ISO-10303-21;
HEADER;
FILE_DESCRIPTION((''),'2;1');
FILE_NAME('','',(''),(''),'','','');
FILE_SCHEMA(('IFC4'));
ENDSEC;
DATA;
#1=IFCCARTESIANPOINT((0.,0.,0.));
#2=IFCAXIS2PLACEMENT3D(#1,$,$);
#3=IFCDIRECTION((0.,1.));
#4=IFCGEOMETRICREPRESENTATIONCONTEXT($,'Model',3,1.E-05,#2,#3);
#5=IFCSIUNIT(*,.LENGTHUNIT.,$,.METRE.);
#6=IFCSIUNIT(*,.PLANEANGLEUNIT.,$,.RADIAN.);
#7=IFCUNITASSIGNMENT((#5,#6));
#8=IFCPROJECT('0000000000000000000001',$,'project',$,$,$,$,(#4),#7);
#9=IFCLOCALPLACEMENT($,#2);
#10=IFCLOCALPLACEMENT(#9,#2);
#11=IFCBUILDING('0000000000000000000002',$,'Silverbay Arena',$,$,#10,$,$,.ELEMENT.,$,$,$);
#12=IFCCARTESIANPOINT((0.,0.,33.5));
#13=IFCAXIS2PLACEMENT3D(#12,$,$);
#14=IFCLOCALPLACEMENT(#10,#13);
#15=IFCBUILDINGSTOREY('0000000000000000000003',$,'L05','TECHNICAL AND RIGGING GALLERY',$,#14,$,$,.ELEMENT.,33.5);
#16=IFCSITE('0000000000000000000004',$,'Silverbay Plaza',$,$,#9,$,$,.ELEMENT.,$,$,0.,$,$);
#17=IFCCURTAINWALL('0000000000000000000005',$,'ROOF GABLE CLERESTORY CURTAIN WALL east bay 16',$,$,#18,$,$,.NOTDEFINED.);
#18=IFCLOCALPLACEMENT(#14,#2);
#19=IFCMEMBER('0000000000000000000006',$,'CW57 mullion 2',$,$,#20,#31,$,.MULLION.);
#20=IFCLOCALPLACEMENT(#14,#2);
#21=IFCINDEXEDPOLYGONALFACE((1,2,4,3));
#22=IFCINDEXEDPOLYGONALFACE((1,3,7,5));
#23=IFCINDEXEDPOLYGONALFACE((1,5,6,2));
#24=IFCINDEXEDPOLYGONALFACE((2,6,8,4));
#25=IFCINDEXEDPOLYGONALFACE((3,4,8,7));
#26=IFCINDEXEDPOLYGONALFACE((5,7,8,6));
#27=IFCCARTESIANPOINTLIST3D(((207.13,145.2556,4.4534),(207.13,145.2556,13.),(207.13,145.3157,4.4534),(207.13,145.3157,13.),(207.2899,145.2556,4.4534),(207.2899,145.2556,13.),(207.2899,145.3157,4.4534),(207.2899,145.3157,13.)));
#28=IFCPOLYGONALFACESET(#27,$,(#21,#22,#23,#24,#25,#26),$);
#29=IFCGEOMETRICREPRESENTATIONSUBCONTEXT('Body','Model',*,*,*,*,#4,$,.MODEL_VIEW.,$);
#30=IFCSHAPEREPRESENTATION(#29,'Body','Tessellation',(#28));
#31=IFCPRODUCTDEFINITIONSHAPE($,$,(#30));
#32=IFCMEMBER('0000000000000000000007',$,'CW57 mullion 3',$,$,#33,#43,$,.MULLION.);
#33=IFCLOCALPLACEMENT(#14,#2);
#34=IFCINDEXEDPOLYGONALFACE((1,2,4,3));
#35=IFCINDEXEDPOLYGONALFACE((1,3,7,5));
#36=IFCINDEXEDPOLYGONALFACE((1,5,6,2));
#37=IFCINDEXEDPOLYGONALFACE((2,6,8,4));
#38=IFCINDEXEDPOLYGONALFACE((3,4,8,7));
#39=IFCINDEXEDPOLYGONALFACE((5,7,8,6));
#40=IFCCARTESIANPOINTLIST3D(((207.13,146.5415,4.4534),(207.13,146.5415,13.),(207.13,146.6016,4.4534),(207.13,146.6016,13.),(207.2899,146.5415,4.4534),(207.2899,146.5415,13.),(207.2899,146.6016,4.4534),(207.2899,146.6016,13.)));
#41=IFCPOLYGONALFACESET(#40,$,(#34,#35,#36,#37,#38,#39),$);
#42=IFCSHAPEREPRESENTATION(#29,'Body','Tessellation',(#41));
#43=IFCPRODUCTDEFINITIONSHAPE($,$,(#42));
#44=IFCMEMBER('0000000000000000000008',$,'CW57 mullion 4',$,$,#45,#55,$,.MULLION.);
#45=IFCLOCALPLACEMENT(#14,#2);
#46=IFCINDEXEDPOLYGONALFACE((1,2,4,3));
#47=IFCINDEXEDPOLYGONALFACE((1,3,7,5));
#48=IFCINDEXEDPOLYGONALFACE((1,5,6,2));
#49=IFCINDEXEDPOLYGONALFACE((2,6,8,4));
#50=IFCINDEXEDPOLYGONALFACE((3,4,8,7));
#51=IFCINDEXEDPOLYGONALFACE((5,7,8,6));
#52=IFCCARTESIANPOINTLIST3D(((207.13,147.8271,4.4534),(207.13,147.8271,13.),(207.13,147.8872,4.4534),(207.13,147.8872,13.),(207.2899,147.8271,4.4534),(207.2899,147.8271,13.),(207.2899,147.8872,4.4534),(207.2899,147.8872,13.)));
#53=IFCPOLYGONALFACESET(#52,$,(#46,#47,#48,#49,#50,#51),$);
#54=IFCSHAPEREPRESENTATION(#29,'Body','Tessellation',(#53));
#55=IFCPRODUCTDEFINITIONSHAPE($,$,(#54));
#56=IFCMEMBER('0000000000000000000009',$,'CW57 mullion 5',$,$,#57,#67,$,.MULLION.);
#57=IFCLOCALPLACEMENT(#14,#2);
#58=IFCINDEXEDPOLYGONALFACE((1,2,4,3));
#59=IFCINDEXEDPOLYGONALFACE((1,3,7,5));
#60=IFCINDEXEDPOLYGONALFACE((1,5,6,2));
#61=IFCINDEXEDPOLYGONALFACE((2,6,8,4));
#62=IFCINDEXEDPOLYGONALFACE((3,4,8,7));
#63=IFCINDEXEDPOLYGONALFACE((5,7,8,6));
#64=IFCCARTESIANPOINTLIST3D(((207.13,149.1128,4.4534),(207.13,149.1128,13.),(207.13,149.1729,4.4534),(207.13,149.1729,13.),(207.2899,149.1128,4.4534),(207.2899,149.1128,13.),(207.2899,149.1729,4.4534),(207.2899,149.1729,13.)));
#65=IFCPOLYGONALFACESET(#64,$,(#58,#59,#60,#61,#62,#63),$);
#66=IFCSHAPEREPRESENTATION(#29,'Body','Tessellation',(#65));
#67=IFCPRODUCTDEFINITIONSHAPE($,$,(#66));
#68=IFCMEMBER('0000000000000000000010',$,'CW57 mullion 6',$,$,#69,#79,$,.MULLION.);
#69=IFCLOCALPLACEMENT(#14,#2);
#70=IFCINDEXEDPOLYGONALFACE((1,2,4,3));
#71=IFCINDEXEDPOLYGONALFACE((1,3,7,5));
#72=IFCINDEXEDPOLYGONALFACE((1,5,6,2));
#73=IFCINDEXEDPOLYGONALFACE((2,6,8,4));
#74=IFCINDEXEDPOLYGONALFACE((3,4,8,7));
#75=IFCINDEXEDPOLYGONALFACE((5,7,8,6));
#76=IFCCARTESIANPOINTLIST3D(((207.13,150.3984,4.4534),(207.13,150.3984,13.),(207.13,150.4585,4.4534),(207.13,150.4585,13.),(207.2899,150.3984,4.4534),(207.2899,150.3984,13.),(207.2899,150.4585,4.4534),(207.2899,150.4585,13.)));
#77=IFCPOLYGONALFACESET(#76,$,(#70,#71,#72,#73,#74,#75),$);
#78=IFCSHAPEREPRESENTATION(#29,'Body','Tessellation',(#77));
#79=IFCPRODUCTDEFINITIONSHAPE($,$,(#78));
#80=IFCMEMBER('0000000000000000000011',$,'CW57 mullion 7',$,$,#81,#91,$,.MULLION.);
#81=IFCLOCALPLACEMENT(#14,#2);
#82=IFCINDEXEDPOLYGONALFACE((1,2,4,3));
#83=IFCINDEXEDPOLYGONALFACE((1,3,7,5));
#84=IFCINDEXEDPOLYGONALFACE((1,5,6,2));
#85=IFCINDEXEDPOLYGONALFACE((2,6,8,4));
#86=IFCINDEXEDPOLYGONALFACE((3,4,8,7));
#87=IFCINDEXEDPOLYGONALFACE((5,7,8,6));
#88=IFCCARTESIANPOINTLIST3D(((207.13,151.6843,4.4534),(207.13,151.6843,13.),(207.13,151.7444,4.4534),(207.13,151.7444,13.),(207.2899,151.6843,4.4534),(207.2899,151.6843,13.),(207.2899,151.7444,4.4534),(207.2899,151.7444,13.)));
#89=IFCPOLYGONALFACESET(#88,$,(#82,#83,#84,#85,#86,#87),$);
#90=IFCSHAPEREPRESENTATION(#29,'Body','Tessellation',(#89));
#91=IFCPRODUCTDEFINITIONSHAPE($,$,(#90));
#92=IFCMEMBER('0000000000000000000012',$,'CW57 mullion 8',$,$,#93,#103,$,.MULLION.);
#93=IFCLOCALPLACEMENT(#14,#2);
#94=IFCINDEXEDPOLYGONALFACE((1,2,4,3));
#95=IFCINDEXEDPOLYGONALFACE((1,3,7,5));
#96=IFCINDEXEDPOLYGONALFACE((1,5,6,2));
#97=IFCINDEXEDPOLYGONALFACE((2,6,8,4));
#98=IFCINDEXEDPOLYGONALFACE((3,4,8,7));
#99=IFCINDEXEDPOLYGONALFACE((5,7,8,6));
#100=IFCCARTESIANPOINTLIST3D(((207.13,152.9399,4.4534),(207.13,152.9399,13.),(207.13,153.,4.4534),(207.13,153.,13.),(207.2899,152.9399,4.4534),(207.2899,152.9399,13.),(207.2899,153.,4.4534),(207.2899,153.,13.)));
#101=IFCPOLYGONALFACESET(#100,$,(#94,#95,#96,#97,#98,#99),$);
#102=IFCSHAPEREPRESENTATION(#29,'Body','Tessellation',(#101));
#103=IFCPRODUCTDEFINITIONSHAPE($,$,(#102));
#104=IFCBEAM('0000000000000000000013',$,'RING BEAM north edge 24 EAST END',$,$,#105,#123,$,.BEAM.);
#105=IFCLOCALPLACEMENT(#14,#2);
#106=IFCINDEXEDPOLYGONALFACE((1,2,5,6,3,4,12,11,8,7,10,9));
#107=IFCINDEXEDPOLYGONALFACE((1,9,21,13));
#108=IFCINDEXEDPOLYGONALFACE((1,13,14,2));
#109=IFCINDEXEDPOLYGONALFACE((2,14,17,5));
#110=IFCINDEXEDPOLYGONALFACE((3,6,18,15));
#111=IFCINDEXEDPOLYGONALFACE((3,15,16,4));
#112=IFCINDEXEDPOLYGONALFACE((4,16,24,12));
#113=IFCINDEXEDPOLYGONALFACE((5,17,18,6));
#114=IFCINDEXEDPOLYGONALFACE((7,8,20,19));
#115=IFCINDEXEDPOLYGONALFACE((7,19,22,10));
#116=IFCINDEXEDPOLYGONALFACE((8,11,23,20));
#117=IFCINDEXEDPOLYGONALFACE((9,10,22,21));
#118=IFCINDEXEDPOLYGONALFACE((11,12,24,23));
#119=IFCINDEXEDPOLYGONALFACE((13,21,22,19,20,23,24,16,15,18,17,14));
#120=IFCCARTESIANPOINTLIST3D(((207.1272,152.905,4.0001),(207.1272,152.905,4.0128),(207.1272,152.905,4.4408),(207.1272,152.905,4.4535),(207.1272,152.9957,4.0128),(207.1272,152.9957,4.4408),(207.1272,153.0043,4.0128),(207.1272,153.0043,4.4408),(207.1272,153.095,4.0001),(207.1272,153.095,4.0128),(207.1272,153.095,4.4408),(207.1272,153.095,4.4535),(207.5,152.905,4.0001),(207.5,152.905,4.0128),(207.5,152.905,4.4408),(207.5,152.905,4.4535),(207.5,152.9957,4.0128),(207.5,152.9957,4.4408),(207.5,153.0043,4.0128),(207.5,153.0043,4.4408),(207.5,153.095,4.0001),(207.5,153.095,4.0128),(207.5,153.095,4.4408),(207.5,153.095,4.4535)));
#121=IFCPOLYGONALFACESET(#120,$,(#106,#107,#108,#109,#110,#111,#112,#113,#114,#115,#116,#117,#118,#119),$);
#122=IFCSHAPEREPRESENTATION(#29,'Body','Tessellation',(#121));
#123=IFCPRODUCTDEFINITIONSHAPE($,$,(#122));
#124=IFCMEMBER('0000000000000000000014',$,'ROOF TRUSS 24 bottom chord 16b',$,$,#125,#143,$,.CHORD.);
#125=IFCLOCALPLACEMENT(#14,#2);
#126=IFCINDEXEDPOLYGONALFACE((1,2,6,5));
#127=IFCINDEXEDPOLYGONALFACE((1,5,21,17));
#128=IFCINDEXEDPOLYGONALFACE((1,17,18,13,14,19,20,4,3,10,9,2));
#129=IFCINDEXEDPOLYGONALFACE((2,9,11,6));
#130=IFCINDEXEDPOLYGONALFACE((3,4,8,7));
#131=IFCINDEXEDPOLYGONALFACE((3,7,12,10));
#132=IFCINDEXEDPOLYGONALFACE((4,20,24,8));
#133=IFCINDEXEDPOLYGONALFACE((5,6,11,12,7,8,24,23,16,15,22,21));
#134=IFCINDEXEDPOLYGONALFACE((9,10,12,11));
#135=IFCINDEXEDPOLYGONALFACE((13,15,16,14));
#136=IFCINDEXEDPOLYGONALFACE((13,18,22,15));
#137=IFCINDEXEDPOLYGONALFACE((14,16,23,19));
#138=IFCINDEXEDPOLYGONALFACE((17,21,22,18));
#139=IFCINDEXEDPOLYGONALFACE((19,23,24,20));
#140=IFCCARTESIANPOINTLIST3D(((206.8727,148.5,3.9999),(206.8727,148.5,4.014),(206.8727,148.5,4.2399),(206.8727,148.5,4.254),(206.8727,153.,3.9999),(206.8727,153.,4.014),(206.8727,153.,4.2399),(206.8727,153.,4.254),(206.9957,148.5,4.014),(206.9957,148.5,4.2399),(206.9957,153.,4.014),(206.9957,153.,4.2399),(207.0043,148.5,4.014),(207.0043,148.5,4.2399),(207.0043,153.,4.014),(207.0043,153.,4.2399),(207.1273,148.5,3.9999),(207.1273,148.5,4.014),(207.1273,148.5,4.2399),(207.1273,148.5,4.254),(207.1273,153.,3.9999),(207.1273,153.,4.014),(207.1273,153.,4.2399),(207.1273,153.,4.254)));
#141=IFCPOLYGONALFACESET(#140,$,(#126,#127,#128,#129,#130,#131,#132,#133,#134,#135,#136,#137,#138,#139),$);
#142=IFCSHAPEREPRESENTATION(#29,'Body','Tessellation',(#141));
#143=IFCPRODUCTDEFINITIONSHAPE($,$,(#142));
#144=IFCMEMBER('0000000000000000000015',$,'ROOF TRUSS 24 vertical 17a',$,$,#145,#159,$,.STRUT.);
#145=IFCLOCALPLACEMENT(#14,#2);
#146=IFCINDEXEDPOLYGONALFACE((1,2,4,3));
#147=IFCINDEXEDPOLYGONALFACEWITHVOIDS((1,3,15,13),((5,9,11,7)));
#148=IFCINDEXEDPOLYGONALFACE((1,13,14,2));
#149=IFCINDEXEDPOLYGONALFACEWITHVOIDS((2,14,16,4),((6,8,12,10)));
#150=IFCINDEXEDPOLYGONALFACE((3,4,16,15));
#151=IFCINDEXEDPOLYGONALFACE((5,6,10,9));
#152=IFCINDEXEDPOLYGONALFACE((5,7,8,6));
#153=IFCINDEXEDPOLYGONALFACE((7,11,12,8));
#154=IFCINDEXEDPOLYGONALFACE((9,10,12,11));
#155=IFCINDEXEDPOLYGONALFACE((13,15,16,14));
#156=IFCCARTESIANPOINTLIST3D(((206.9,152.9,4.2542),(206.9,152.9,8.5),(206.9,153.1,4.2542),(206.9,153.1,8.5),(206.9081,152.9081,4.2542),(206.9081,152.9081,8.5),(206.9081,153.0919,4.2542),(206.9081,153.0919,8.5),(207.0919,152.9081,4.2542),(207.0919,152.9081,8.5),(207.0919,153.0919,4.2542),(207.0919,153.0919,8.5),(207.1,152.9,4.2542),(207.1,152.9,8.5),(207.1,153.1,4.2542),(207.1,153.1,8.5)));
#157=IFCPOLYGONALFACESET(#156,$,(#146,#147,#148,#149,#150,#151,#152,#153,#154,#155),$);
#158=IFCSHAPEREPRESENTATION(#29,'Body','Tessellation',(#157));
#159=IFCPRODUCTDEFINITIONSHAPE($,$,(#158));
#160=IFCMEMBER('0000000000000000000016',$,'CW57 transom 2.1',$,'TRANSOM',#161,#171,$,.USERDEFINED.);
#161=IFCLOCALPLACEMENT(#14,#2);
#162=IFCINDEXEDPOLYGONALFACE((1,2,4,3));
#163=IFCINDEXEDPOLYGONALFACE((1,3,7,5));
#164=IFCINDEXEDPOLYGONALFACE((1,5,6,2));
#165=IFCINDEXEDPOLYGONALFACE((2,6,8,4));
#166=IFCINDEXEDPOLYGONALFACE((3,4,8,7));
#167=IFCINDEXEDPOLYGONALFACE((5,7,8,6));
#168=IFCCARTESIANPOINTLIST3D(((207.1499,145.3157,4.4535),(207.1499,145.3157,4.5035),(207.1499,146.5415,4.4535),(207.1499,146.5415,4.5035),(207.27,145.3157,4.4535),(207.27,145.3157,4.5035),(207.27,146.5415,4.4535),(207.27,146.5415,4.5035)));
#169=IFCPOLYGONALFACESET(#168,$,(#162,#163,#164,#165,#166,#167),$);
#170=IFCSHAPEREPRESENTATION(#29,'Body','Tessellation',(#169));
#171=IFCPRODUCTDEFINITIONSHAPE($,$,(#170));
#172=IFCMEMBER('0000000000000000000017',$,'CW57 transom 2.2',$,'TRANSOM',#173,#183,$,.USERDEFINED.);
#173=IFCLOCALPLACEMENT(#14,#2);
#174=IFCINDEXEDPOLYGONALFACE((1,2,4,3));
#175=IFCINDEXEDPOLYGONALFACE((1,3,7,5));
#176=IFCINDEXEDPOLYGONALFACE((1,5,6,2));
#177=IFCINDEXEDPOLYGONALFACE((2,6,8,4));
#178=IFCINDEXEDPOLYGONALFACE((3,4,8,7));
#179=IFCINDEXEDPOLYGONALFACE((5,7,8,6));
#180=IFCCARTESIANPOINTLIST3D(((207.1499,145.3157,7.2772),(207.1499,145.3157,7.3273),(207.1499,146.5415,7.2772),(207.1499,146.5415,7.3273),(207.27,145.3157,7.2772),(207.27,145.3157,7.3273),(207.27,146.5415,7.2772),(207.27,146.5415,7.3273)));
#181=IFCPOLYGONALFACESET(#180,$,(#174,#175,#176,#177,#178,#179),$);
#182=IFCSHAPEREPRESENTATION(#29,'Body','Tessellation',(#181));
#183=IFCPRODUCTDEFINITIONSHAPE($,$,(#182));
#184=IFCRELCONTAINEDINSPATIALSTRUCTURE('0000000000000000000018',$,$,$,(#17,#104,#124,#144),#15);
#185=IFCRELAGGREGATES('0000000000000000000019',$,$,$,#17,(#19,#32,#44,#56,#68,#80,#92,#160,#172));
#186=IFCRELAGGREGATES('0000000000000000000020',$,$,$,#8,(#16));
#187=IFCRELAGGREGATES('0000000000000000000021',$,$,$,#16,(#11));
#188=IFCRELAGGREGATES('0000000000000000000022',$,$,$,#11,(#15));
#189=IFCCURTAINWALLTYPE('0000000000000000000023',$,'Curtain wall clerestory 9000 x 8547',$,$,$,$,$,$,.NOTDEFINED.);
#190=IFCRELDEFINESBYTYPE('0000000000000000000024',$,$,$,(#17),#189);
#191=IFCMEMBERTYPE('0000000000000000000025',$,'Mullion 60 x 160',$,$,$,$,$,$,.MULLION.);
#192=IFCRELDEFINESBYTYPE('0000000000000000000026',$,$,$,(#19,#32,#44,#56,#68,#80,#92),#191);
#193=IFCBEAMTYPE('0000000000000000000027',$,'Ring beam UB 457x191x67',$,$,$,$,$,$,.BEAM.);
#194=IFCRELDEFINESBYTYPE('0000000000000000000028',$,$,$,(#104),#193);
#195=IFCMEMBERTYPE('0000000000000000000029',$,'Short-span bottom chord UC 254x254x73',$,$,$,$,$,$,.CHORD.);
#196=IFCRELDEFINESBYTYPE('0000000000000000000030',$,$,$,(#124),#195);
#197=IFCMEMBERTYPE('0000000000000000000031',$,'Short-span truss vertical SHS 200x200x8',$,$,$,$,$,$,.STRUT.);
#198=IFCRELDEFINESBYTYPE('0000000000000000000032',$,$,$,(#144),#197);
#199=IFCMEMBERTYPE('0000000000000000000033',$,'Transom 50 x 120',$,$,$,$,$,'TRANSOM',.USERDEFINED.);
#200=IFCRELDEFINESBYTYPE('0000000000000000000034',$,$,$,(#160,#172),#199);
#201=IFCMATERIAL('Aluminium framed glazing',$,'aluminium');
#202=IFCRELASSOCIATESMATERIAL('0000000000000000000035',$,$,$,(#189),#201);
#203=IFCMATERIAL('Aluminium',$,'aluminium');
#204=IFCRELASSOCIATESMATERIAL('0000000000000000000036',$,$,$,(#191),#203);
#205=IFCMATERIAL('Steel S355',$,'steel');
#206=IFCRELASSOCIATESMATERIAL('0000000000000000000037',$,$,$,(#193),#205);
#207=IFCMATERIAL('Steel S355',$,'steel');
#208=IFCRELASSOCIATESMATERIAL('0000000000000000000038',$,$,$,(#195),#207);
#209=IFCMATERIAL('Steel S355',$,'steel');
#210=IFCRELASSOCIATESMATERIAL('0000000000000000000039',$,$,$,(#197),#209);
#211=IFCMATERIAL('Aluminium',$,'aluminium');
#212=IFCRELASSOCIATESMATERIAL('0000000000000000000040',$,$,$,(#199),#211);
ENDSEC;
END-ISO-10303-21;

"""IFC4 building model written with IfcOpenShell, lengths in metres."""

from ifc_helpers import new_model, si_unit, direction, frame, origin, origin_2d, place, context, subcontext, project, spatial, rectangle, hollow_rectangle, i_section, extrude, material, material_profile, profile_set, type_object, element, aggregate, save


model = new_model("IFC4")

# Units and contexts
model_context = context("Model", 3, precision=1e-05, world=origin(), true_north=direction((0.0, 1.0)))
body_context = subcontext(model_context, "Body", "Model", "MODEL_VIEW")
ifc_project = project(units=[si_unit("LENGTHUNIT", "METRE"), si_unit("PLANEANGLEUNIT", "RADIAN")], contexts=[model_context])

# Site, building, storey
site_placement = place(None, origin())
site = spatial("IfcSite", under=ifc_project, at=site_placement, Name="Silverbay Plaza", CompositionType="ELEMENT", RefElevation=0.0)
building_placement = place(site_placement, origin())
building = spatial("IfcBuilding", under=site, at=building_placement, Name="Silverbay Arena", CompositionType="ELEMENT")
storey_placement = place(building_placement, frame((0.0, 0.0, 33.5)))
storey = spatial("IfcBuildingStorey", under=building, at=storey_placement, Name="L05", Description="TECHNICAL AND RIGGING GALLERY", CompositionType="ELEMENT", Elevation=33.5)

# Curtain wall, members
ifc_material_1 = material(Name="Aluminium framed glazing", Category="aluminium")
curtain_wall_type = type_object("IfcCurtainWallType", Name="Curtain wall clerestory 9000 x 8547", PredefinedType="NOTDEFINED", material=ifc_material_1)
curtain_wall_placement = place(storey_placement, origin())
curtain_wall = element("IfcCurtainWall", 1, at=curtain_wall_placement, inside=storey, type_object=curtain_wall_type, Name="ROOF GABLE CLERESTORY CURTAIN WALL east bay 16", PredefinedType="NOTDEFINED")
ifc_material_2 = material(Name="Aluminium", Category="aluminium")
ifc_material_profile_1 = material_profile(ifc_material_2, rectangle(XDim=0.1599, YDim=0.0601, at=origin_2d()), Name="Mullion 60 x 160")
ifc_profile_set_1 = profile_set([ifc_material_profile_1], Name="Aluminium")
member_type_1 = type_object("IfcMemberType", Name="Mullion 60 x 160", PredefinedType="MULLION", material=ifc_profile_set_1)
member_1_placement = place(storey_placement, frame((207.21, 145.2856, 4.4534), z_axis=(0.0, 0.0, 1.0), x_axis=(-1.0, 0.0, 0.0)))
member_1 = element("IfcMember", 2, at=member_1_placement, type_object=member_type_1, Name="CW57 mullion 2", PredefinedType="MULLION", context=body_context, shape_type="SweptSolid", body=[
    extrude(rectangle(XDim=0.1599, YDim=0.0601, at=origin_2d()), origin(), (0.0, 0.0, 1.0), 8.5466),
])
member_2_placement = place(storey_placement, frame((207.21, 146.5715, 4.4534), z_axis=(0.0, 0.0, 1.0), x_axis=(-1.0, 0.0, 0.0)))
member_2 = element("IfcMember", 3, at=member_2_placement, type_object=member_type_1, Name="CW57 mullion 3", PredefinedType="MULLION", context=body_context, shape_type="SweptSolid", body=[
    extrude(rectangle(XDim=0.1599, YDim=0.0601, at=origin_2d()), origin(), (0.0, 0.0, 1.0), 8.5466),
])
member_3_placement = place(storey_placement, frame((207.21, 147.8572, 4.4534), z_axis=(0.0, 0.0, 1.0), x_axis=(-1.0, 0.0, 0.0)))
member_3 = element("IfcMember", 4, at=member_3_placement, type_object=member_type_1, Name="CW57 mullion 4", PredefinedType="MULLION", context=body_context, shape_type="SweptSolid", body=[
    extrude(rectangle(XDim=0.1599, YDim=0.0601, at=origin_2d()), origin(), (0.0, 0.0, 1.0), 8.5466),
])
member_4_placement = place(storey_placement, frame((207.21, 149.1428, 4.4534), z_axis=(0.0, 0.0, 1.0), x_axis=(-1.0, 0.0, 0.0)))
member_4 = element("IfcMember", 5, at=member_4_placement, type_object=member_type_1, Name="CW57 mullion 5", PredefinedType="MULLION", context=body_context, shape_type="SweptSolid", body=[
    extrude(rectangle(XDim=0.1599, YDim=0.0601, at=origin_2d()), origin(), (0.0, 0.0, 1.0), 8.5466),
])
member_5_placement = place(storey_placement, frame((207.21, 150.4285, 4.4534), z_axis=(0.0, 0.0, 1.0), x_axis=(-1.0, 0.0, 0.0)))
member_5 = element("IfcMember", 6, at=member_5_placement, type_object=member_type_1, Name="CW57 mullion 6", PredefinedType="MULLION", context=body_context, shape_type="SweptSolid", body=[
    extrude(rectangle(XDim=0.1599, YDim=0.0601, at=origin_2d()), origin(), (0.0, 0.0, 1.0), 8.5466),
])
member_6_placement = place(storey_placement, frame((207.21, 151.7144, 4.4534), z_axis=(0.0, 0.0, 1.0), x_axis=(-1.0, 0.0, 0.0)))
member_6 = element("IfcMember", 7, at=member_6_placement, type_object=member_type_1, Name="CW57 mullion 7", PredefinedType="MULLION", context=body_context, shape_type="SweptSolid", body=[
    extrude(rectangle(XDim=0.1599, YDim=0.0601, at=origin_2d()), origin(), (0.0, 0.0, 1.0), 8.5466),
])
member_7_placement = place(storey_placement, frame((207.21, 152.97, 4.4534), z_axis=(0.0, 0.0, 1.0), x_axis=(-1.0, 0.0, 0.0)))
member_7 = element("IfcMember", 8, at=member_7_placement, type_object=member_type_1, Name="CW57 mullion 8", PredefinedType="MULLION", context=body_context, shape_type="SweptSolid", body=[
    extrude(rectangle(XDim=0.1599, YDim=0.0601, at=origin_2d()), origin(), (0.0, 0.0, 1.0), 8.5466),
])

# Beam
ifc_material_3 = material(Name="Steel S355", Category="steel")
ifc_material_profile_2 = material_profile(ifc_material_3, i_section(OverallWidth=0.1899, OverallDepth=0.4534, WebThickness=0.0085, FlangeThickness=0.0127, at=origin_2d()), Name="UB 457x191x67")
ifc_profile_set_2 = profile_set([ifc_material_profile_2], Name="Steel S355")
beam_type = type_object("IfcBeamType", Name="Ring beam UB 457x191x67", PredefinedType="BEAM", material=ifc_profile_set_2)
beam_placement = place(storey_placement, frame((207.1272, 153.0, 4.2268), z_axis=(1.0, 0.0, 0.0), x_axis=(0.0, 1.0, 0.0)))
element("IfcBeam", 9, at=beam_placement, inside=storey, type_object=beam_type, Name="RING BEAM north edge 24 EAST END", PredefinedType="BEAM", context=body_context, shape_type="SweptSolid", body=[
    extrude(i_section(OverallWidth=0.1899, OverallDepth=0.4534, WebThickness=0.0085, FlangeThickness=0.0127, at=origin_2d()), origin(), (0.0, 0.0, 1.0), 0.3728),
])

# Members
ifc_material_4 = material(Name="Steel S355", Category="steel")
ifc_material_profile_3 = material_profile(ifc_material_4, i_section(OverallWidth=0.2546, OverallDepth=0.2542, WebThickness=0.0085, FlangeThickness=0.0142, at=origin_2d()), Name="UC 254x254x73")
ifc_profile_set_3 = profile_set([ifc_material_profile_3], Name="Steel S355")
member_type_2 = type_object("IfcMemberType", Name="Short-span bottom chord UC 254x254x73", PredefinedType="CHORD", material=ifc_profile_set_3)
member_8_placement = place(storey_placement, frame((207.0, 148.5, 4.127), z_axis=(0.0, 1.0, 0.0), x_axis=(-1.0, 0.0, 0.0)))
element("IfcMember", 10, at=member_8_placement, inside=storey, type_object=member_type_2, Name="ROOF TRUSS 24 bottom chord 16b", PredefinedType="CHORD", context=body_context, shape_type="SweptSolid", body=[
    extrude(i_section(OverallWidth=0.2546, OverallDepth=0.2542, WebThickness=0.0085, FlangeThickness=0.0142, at=origin_2d()), origin(), (0.0, 0.0, 1.0), 4.5),
])
ifc_material_5 = material(Name="Steel S355", Category="steel")
ifc_material_profile_4 = material_profile(ifc_material_5, hollow_rectangle(XDim=0.2, YDim=0.2, WallThickness=0.0081, at=origin_2d()), Name="SHS 200x200x8")
ifc_profile_set_4 = profile_set([ifc_material_profile_4], Name="Steel S355")
member_type_3 = type_object("IfcMemberType", Name="Short-span truss vertical SHS 200x200x8", PredefinedType="STRUT", material=ifc_profile_set_4)
member_9_placement = place(storey_placement, frame((207.0, 153.0, 4.2542), z_axis=(0.0, 0.0, 1.0), x_axis=(1.0, 0.0, 0.0)))
element("IfcMember", 11, at=member_9_placement, inside=storey, type_object=member_type_3, Name="ROOF TRUSS 24 vertical 17a", PredefinedType="STRUT", context=body_context, shape_type="SweptSolid", body=[
    extrude(hollow_rectangle(XDim=0.2, YDim=0.2, WallThickness=0.0081, at=origin_2d()), origin(), (0.0, 0.0, 1.0), 4.2458),
])

# Members
ifc_material_6 = material(Name="Aluminium", Category="aluminium")
ifc_material_profile_5 = material_profile(ifc_material_6, rectangle(XDim=0.1201, YDim=0.05, at=origin_2d()), Name="Transom 50 x 120")
ifc_profile_set_5 = profile_set([ifc_material_profile_5], Name="Aluminium")
member_type_4 = type_object("IfcMemberType", Name="Transom 50 x 120", ElementType="TRANSOM", PredefinedType="USERDEFINED", material=ifc_profile_set_5)
member_10_placement = place(storey_placement, frame((207.21, 145.3157, 4.4785), z_axis=(0.0, 1.0, 0.0), x_axis=(-1.0, 0.0, 0.0)))
member_10 = element("IfcMember", 12, at=member_10_placement, type_object=member_type_4, Name="CW57 transom 2.1", ObjectType="TRANSOM", PredefinedType="USERDEFINED", context=body_context, shape_type="SweptSolid", body=[
    extrude(rectangle(XDim=0.1201, YDim=0.05, at=origin_2d()), origin(), (0.0, 0.0, 1.0), 1.2258),
])
member_11_placement = place(storey_placement, frame((207.21, 145.3157, 7.3022), z_axis=(0.0, 1.0, 0.0), x_axis=(-1.0, 0.0, 0.0)))
member_11 = element("IfcMember", 13, at=member_11_placement, type_object=member_type_4, Name="CW57 transom 2.2", ObjectType="TRANSOM", PredefinedType="USERDEFINED", context=body_context, shape_type="SweptSolid", body=[
    extrude(rectangle(XDim=0.1201, YDim=0.05, at=origin_2d()), origin(), (0.0, 0.0, 1.0), 1.2258),
])

aggregate(curtain_wall, [member_1, member_2, member_3, member_4, member_5, member_6, member_7, member_10, member_11])

save(model, "model.ifc")
